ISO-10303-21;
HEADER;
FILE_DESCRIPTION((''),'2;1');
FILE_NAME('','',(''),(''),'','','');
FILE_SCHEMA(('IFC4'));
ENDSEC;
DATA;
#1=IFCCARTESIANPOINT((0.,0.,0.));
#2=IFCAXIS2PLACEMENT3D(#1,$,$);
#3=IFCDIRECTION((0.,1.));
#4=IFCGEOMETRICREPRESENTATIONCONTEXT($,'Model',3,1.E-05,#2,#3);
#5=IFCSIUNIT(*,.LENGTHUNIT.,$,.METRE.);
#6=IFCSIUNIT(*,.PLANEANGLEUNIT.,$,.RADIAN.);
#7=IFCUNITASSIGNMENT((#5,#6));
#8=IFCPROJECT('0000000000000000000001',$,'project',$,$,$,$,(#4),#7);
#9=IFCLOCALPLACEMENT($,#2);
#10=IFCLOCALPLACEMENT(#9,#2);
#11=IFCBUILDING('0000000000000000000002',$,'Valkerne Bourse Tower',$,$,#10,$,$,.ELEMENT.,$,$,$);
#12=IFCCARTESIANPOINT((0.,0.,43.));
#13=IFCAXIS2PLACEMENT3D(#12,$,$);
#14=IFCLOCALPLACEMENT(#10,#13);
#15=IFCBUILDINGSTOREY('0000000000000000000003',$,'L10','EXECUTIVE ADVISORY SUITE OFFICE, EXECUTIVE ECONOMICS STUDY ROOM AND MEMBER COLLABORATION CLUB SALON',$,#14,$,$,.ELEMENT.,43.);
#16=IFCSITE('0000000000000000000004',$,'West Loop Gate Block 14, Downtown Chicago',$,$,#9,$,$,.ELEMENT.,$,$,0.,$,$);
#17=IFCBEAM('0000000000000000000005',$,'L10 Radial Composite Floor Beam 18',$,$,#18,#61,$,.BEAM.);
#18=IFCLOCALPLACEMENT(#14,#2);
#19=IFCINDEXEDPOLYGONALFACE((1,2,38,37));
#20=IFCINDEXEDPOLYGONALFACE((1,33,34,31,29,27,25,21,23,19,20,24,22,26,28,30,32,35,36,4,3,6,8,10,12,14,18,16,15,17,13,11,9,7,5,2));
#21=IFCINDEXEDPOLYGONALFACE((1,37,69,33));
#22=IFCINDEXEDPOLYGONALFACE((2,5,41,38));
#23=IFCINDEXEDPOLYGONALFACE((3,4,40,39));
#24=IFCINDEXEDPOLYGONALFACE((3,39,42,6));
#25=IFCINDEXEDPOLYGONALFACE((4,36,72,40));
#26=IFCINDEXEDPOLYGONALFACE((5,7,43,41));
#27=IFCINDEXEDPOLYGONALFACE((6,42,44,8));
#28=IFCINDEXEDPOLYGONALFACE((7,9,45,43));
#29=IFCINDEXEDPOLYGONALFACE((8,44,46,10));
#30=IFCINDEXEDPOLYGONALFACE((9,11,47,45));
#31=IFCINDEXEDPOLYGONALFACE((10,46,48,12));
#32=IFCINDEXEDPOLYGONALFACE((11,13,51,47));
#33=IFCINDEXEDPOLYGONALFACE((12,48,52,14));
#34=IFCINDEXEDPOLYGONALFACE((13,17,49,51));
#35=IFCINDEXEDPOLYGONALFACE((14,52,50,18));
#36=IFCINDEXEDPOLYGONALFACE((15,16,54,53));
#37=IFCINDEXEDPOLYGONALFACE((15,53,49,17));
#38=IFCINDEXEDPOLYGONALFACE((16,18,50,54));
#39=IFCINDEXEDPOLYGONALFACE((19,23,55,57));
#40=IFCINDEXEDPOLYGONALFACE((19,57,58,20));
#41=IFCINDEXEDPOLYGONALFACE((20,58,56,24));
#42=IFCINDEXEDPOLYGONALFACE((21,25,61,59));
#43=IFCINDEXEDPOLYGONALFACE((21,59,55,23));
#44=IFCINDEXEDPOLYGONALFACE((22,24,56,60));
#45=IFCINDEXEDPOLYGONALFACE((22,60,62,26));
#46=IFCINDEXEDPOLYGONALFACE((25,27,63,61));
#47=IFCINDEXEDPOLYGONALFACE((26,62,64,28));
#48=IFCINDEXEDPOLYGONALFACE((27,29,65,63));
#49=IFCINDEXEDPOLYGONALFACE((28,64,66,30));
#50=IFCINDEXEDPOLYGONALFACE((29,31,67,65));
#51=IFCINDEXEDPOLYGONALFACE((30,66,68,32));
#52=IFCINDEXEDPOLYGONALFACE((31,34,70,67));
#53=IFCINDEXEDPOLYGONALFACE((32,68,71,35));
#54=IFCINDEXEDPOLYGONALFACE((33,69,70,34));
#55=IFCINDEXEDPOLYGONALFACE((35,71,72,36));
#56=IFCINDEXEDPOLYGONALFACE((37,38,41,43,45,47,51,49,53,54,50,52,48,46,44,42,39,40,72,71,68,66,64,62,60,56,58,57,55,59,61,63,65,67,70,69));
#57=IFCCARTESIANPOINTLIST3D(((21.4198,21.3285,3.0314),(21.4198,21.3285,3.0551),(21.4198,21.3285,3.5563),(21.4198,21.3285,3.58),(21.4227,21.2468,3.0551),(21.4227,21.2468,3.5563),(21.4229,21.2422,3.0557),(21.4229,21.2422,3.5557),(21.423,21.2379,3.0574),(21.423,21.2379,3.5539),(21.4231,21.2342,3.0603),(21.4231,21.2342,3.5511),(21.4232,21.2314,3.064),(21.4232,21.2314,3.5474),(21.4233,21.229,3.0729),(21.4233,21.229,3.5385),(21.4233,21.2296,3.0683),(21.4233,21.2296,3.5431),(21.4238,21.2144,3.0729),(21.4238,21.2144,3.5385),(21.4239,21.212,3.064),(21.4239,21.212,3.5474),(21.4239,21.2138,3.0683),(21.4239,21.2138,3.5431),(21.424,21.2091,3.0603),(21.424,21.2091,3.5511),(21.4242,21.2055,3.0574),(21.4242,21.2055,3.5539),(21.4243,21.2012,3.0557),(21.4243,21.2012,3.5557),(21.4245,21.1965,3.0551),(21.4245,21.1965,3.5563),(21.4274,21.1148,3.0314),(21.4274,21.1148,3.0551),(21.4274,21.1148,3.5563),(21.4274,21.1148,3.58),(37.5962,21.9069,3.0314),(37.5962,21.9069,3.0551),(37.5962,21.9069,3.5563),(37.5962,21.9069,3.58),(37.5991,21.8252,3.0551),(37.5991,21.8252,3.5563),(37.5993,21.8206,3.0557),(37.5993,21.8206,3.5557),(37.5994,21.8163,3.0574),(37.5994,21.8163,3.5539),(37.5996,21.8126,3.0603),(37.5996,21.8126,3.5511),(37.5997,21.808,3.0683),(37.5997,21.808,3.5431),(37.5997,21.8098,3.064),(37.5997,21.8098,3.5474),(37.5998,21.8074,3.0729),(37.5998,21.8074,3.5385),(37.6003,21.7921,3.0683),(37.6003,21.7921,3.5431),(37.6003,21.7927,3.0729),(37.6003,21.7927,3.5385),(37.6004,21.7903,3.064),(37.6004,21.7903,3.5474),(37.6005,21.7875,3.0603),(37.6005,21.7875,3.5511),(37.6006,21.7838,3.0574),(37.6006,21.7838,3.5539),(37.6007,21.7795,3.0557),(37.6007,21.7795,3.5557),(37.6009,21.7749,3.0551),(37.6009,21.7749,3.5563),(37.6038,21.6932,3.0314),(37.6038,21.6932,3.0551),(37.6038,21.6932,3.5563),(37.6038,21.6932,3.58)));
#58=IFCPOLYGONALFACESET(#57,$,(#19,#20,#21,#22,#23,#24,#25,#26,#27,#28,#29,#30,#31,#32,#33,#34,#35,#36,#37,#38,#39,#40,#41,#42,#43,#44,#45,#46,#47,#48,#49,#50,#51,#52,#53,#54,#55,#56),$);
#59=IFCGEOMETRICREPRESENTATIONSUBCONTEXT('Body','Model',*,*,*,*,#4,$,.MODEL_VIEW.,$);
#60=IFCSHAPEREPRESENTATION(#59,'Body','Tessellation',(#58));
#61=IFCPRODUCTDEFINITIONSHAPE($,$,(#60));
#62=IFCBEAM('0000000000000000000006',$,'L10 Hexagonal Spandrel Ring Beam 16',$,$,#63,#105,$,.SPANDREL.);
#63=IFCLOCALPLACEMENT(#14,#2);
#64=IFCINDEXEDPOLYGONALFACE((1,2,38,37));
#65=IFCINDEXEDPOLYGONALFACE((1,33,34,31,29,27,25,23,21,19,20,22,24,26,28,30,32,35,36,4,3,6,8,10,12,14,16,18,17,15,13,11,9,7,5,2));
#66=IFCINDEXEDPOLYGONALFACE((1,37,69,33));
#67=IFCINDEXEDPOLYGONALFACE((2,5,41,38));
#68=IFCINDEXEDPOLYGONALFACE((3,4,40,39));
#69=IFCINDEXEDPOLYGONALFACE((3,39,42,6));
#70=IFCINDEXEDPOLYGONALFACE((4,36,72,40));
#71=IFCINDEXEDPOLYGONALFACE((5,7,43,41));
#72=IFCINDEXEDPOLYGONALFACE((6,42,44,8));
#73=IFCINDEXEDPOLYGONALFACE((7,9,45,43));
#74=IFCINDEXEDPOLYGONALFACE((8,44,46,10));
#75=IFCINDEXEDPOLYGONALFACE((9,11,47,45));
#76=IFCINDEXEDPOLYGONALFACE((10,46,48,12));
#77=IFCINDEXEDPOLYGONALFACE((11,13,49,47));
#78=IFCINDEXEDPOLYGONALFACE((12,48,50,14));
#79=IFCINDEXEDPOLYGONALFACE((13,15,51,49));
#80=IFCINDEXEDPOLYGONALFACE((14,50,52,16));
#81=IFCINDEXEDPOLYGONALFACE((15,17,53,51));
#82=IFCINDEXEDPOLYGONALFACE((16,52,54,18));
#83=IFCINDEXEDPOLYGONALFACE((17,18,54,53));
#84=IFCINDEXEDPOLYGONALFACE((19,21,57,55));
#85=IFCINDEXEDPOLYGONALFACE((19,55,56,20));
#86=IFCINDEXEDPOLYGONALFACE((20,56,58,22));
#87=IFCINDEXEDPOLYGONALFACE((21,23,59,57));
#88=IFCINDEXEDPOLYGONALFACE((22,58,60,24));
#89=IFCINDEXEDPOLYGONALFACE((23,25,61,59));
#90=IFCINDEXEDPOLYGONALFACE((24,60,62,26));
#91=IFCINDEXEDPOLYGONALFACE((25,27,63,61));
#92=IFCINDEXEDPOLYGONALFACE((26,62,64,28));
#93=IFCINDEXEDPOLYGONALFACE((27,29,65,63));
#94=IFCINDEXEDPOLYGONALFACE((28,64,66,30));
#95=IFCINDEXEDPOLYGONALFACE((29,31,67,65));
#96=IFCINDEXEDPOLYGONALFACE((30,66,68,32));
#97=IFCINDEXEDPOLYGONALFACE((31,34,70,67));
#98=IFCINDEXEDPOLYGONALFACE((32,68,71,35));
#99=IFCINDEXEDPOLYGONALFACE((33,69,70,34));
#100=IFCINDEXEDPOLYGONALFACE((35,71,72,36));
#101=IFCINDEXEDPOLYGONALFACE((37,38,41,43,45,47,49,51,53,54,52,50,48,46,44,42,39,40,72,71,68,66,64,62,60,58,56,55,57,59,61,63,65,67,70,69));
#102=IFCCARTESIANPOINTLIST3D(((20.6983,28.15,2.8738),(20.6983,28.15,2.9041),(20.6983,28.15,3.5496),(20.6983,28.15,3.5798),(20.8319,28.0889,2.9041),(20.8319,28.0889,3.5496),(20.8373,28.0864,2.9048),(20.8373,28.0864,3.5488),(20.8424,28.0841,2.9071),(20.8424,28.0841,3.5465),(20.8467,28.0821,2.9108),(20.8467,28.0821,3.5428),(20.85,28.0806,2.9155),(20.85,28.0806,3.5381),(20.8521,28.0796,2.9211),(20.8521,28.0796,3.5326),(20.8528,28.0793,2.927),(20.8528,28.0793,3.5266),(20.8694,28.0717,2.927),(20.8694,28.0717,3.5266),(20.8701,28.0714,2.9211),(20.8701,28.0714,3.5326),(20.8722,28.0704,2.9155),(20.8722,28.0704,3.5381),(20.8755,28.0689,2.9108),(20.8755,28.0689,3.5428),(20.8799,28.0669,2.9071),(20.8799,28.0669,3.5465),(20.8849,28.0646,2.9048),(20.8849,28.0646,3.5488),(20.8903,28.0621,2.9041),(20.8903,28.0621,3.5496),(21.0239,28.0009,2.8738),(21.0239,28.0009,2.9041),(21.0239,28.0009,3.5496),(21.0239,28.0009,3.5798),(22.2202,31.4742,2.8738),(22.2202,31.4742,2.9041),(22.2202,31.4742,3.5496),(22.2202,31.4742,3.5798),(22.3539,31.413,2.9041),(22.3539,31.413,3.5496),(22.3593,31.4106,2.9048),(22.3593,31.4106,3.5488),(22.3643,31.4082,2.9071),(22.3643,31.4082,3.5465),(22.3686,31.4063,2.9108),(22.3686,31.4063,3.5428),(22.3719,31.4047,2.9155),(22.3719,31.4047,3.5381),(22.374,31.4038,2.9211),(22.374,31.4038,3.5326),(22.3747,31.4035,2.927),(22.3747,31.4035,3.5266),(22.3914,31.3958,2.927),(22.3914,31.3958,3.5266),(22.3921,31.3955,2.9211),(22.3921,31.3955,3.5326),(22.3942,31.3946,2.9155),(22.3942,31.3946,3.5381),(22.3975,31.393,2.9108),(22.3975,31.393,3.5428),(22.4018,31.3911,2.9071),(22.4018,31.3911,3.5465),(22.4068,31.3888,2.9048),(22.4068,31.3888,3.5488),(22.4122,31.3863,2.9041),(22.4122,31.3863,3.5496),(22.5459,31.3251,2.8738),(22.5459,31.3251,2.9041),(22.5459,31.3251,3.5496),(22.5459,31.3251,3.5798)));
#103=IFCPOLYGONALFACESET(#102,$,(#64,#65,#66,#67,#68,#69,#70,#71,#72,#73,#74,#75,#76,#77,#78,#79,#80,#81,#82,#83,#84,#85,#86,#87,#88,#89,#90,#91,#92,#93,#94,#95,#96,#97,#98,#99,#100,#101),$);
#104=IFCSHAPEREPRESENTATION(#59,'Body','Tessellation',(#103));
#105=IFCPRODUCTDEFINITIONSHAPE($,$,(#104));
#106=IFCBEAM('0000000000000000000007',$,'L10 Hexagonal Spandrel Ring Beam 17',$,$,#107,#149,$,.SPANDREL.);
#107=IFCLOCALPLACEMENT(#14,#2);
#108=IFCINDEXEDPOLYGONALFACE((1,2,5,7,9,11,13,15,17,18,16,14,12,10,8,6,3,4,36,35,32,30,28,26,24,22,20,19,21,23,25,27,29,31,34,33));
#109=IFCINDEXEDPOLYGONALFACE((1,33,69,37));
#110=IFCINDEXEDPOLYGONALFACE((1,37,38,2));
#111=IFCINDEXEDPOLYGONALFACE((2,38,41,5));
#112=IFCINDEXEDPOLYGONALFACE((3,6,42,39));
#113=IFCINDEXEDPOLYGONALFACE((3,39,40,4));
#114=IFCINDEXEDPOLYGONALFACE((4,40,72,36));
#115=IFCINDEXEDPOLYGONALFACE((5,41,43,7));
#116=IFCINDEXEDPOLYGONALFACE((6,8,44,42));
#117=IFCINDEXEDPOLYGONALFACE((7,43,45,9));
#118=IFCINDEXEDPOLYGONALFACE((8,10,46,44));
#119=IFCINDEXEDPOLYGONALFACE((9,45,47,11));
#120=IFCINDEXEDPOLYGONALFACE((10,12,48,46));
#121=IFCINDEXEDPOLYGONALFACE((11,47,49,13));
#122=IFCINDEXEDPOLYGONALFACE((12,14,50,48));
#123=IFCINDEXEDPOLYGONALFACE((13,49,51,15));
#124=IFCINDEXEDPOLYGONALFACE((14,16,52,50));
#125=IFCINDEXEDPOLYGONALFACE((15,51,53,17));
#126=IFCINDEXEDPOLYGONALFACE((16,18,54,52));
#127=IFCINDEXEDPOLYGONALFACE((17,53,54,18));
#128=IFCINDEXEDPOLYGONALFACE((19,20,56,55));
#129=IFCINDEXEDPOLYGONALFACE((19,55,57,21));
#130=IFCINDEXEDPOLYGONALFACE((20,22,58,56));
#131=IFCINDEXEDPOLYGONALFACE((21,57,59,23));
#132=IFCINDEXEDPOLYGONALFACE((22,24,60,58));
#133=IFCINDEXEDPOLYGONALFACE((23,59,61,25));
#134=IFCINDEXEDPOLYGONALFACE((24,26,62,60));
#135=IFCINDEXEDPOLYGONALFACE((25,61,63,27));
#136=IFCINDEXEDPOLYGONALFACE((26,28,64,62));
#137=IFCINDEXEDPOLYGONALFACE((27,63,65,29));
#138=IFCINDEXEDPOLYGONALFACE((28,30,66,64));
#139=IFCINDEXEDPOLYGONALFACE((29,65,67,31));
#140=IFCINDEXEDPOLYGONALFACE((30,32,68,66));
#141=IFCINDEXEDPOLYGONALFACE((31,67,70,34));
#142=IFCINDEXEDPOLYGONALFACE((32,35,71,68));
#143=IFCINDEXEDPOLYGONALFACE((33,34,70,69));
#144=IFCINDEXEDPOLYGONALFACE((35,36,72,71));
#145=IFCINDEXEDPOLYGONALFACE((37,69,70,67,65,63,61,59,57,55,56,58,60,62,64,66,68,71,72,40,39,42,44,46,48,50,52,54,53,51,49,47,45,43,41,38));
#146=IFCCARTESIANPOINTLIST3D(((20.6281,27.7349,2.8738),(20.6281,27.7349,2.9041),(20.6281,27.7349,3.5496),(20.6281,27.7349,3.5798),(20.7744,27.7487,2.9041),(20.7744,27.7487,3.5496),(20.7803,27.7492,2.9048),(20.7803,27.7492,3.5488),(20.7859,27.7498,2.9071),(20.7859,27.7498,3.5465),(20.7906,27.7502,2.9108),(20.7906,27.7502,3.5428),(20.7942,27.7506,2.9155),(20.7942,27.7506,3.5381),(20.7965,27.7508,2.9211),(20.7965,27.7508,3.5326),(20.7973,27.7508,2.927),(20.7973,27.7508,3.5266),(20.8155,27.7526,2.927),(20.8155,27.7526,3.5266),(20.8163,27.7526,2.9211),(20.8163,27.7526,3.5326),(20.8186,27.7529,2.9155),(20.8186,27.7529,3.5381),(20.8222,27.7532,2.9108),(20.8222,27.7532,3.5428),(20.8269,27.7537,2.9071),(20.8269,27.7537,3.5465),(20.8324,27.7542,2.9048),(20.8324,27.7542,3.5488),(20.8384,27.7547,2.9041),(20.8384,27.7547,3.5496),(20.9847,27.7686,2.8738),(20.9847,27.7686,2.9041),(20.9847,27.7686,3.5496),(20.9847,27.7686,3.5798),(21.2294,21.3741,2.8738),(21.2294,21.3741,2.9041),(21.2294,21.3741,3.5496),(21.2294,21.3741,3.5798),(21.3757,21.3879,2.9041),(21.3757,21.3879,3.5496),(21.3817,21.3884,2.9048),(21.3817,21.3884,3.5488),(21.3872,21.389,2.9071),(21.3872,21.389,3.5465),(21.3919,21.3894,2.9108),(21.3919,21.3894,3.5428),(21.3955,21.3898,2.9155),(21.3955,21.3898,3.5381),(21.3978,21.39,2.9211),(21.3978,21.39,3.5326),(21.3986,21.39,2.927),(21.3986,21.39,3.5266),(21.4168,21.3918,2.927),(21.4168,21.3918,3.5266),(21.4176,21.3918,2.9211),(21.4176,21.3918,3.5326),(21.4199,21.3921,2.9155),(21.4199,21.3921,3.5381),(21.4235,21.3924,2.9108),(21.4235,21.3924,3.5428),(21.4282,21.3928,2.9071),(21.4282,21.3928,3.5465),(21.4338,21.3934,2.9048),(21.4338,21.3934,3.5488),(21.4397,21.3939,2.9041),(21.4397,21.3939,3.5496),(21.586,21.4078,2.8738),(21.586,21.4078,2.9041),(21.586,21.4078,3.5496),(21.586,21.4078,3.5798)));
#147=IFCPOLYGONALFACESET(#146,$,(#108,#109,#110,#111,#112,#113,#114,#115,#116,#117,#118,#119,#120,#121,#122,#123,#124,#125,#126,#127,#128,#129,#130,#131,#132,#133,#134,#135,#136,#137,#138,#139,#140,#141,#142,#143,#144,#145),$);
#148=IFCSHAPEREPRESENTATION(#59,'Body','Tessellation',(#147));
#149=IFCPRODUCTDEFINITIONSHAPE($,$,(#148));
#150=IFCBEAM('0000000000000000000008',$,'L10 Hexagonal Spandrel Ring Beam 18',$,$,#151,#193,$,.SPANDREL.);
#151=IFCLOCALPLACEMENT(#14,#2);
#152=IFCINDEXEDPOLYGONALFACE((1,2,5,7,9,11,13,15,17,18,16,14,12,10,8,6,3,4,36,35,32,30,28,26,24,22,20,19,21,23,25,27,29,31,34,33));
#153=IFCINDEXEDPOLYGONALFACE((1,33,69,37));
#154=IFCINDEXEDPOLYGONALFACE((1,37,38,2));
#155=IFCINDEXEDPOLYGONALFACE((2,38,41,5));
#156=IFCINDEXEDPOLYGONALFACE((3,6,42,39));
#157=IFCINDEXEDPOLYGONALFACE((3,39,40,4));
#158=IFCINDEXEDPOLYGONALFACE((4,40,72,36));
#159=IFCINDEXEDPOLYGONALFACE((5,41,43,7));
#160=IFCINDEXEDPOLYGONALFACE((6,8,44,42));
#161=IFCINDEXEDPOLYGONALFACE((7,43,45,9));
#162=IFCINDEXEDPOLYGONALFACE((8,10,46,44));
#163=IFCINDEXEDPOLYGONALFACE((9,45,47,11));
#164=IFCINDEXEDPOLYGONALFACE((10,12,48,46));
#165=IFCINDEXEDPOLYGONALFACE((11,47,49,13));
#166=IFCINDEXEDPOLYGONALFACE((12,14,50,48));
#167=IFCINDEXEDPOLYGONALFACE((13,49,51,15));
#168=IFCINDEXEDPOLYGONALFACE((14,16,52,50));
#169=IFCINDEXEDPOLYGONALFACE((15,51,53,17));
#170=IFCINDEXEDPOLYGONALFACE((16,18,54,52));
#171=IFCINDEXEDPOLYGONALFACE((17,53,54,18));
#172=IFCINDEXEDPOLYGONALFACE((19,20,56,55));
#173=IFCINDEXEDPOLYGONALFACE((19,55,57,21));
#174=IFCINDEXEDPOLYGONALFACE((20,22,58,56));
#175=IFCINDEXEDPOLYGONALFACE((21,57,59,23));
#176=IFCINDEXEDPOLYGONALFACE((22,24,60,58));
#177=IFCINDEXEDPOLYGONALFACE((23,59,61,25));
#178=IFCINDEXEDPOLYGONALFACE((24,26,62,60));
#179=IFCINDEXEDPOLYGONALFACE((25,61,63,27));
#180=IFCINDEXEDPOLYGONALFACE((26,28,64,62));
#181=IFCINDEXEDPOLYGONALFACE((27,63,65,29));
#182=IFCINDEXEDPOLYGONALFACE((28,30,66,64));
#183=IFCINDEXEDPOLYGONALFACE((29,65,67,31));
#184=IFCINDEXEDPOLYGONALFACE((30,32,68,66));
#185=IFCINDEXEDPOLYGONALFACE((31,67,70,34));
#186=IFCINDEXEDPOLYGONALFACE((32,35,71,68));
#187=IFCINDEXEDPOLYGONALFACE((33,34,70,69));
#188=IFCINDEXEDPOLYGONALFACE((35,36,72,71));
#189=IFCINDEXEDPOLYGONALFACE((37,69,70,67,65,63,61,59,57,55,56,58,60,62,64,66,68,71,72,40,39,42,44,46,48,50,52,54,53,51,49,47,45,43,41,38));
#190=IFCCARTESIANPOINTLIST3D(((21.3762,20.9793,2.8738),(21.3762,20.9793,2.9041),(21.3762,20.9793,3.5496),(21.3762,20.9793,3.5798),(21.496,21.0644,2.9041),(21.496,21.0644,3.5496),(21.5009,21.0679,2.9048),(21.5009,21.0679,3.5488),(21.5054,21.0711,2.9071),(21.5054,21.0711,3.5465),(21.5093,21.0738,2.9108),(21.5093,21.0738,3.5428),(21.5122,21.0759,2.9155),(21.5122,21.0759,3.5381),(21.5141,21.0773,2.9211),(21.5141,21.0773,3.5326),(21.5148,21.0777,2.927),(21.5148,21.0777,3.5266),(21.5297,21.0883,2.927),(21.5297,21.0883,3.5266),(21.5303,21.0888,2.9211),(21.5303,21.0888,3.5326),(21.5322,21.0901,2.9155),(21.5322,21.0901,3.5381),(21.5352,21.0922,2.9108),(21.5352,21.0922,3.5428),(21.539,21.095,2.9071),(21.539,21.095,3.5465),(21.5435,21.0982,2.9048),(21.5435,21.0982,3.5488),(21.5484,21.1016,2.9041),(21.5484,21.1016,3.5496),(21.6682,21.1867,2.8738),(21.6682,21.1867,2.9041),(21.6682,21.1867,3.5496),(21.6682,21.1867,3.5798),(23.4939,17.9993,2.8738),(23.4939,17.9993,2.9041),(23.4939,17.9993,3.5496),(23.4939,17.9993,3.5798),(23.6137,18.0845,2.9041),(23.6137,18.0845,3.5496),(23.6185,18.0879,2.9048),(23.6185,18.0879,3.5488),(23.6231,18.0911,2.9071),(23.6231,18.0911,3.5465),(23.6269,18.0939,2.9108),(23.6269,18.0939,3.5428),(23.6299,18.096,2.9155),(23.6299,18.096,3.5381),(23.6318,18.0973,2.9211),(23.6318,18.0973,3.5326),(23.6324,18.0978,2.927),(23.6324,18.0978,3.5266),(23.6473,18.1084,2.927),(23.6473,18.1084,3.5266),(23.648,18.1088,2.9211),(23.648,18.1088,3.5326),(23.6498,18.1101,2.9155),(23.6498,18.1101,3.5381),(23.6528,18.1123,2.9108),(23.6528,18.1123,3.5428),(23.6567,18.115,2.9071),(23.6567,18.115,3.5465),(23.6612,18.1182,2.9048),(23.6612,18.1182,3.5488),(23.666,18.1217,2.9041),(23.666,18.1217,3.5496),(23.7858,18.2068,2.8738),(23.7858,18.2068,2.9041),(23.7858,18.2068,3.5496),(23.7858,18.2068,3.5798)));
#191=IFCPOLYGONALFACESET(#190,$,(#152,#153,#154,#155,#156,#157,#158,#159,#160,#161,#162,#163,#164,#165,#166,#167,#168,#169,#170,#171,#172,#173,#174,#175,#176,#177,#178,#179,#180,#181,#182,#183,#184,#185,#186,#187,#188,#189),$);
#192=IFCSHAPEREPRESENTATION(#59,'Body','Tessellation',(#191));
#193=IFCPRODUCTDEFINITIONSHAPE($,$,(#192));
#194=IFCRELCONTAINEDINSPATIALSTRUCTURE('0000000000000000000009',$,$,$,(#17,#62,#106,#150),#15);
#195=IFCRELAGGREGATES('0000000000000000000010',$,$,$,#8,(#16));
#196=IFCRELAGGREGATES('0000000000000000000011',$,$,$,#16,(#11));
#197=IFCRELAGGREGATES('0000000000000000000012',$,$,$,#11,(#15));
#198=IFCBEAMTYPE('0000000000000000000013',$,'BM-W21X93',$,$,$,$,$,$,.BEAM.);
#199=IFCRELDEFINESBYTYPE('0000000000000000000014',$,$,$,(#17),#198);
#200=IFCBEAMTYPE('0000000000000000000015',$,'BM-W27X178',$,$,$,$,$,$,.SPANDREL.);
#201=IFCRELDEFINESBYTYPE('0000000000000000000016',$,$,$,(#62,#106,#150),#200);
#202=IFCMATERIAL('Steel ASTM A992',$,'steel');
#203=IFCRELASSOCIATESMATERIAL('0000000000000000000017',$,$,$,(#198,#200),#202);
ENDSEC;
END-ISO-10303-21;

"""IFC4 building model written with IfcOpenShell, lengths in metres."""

from ifc_helpers import new_model, si_unit, direction, frame, origin, origin_2d, place, context, subcontext, project, spatial, i_section, extrude, material, material_profile, profile_set, type_object, element, save


model = new_model("IFC4")

# Units and contexts
model_context = context("Model", 3, precision=1e-05, world=origin(), true_north=direction((0.0, 1.0)))
body_context = subcontext(model_context, "Body", "Model", "MODEL_VIEW")
ifc_project = project(units=[si_unit("LENGTHUNIT", "METRE"), si_unit("PLANEANGLEUNIT", "RADIAN")], contexts=[model_context])

# Site, building, storey
site_placement = place(None, origin())
site = spatial("IfcSite", under=ifc_project, at=site_placement, Name="West Loop Gate Block 14, Downtown Chicago", CompositionType="ELEMENT", RefElevation=0.0)
building_placement = place(site_placement, origin())
building = spatial("IfcBuilding", under=site, at=building_placement, Name="Valkerne Bourse Tower", CompositionType="ELEMENT")
storey_placement = place(building_placement, frame((0.0, 0.0, 43.0)))
storey = spatial("IfcBuildingStorey", under=building, at=storey_placement, Name="L10", Description="EXECUTIVE ADVISORY SUITE OFFICE, EXECUTIVE ECONOMICS STUDY ROOM AND MEMBER COLLABORATION CLUB SALON", CompositionType="ELEMENT", Elevation=43.0)

# Beams
ifc_material_1 = material(Name="Steel ASTM A992", Category="steel")
ifc_material_profile_1 = material_profile(ifc_material_1, i_section(OverallWidth=0.2139, OverallDepth=0.5486, WebThickness=0.0146, FlangeThickness=0.0237, FilletRadius=0.0178, at=origin_2d()), Name="W21X93")
ifc_profile_set_1 = profile_set([ifc_material_profile_1], Name="Steel ASTM A992")
beam_type_1 = type_object("IfcBeamType", Name="BM-W21X93", PredefinedType="BEAM", material=ifc_profile_set_1)
beam_1_placement = place(storey_placement, frame((21.4236, 21.2217, 3.3057), z_axis=(0.999361, 0.035731, 0.0), x_axis=(-0.035731, 0.999361, 0.0)))
element("IfcBeam", 1, at=beam_1_placement, inside=storey, type_object=beam_type_1, Name="L10 Radial Composite Floor Beam 18", PredefinedType="BEAM", context=body_context, shape_type="SweptSolid", body=[
    extrude(i_section(OverallWidth=0.2139, OverallDepth=0.5486, WebThickness=0.0146, FlangeThickness=0.0237, FilletRadius=0.0178, at=origin_2d()), origin(), (0.0, 0.0, 1.0), 16.1868),
])
ifc_material_profile_2 = material_profile(ifc_material_1, i_section(OverallWidth=0.3582, OverallDepth=0.7061, WebThickness=0.0183, FlangeThickness=0.0303, FilletRadius=0.0229, at=origin_2d()), Name="W27X178")
ifc_profile_set_2 = profile_set([ifc_material_profile_2], Name="Steel ASTM A992")
beam_type_2 = type_object("IfcBeamType", Name="BM-W27X178", PredefinedType="SPANDREL", material=ifc_profile_set_2)
beam_2_placement = place(storey_placement, frame((22.3831, 31.3997, 3.2268), z_axis=(-0.416287, -0.909233, 0.0), x_axis=(0.909233, -0.416287, 0.0)))
element("IfcBeam", 2, at=beam_2_placement, inside=storey, type_object=beam_type_2, Name="L10 Hexagonal Spandrel Ring Beam 16", PredefinedType="SPANDREL", context=body_context, shape_type="SweptSolid", body=[
    extrude(i_section(OverallWidth=0.3582, OverallDepth=0.7061, WebThickness=0.0183, FlangeThickness=0.0303, FilletRadius=0.0229, at=origin_2d()), origin(), (0.0, 0.0, 1.0), 3.656),
])
beam_3_placement = place(storey_placement, frame((20.8064, 27.7517, 3.2268), z_axis=(0.094115, -0.995561, 0.0), x_axis=(0.995561, 0.094115, 0.0)))
element("IfcBeam", 3, at=beam_3_placement, inside=storey, type_object=beam_type_2, Name="L10 Hexagonal Spandrel Ring Beam 17", PredefinedType="SPANDREL", context=body_context, shape_type="SweptSolid", body=[
    extrude(i_section(OverallWidth=0.3582, OverallDepth=0.7061, WebThickness=0.0183, FlangeThickness=0.0303, FilletRadius=0.0229, at=origin_2d()), origin(), (0.0, 0.0, 1.0), 6.3892),
])
beam_4_placement = place(storey_placement, frame((21.5222, 21.083, 3.2268), z_axis=(0.579266, -0.815139, 0.0), x_axis=(0.815139, 0.579266, 0.0)))
element("IfcBeam", 4, at=beam_4_placement, inside=storey, type_object=beam_type_2, Name="L10 Hexagonal Spandrel Ring Beam 18", PredefinedType="SPANDREL", context=body_context, shape_type="SweptSolid", body=[
    extrude(i_section(OverallWidth=0.3582, OverallDepth=0.7061, WebThickness=0.0183, FlangeThickness=0.0303, FilletRadius=0.0229, at=origin_2d()), origin(), (0.0, 0.0, 1.0), 3.6558),
])

save(model, "model.ifc")
